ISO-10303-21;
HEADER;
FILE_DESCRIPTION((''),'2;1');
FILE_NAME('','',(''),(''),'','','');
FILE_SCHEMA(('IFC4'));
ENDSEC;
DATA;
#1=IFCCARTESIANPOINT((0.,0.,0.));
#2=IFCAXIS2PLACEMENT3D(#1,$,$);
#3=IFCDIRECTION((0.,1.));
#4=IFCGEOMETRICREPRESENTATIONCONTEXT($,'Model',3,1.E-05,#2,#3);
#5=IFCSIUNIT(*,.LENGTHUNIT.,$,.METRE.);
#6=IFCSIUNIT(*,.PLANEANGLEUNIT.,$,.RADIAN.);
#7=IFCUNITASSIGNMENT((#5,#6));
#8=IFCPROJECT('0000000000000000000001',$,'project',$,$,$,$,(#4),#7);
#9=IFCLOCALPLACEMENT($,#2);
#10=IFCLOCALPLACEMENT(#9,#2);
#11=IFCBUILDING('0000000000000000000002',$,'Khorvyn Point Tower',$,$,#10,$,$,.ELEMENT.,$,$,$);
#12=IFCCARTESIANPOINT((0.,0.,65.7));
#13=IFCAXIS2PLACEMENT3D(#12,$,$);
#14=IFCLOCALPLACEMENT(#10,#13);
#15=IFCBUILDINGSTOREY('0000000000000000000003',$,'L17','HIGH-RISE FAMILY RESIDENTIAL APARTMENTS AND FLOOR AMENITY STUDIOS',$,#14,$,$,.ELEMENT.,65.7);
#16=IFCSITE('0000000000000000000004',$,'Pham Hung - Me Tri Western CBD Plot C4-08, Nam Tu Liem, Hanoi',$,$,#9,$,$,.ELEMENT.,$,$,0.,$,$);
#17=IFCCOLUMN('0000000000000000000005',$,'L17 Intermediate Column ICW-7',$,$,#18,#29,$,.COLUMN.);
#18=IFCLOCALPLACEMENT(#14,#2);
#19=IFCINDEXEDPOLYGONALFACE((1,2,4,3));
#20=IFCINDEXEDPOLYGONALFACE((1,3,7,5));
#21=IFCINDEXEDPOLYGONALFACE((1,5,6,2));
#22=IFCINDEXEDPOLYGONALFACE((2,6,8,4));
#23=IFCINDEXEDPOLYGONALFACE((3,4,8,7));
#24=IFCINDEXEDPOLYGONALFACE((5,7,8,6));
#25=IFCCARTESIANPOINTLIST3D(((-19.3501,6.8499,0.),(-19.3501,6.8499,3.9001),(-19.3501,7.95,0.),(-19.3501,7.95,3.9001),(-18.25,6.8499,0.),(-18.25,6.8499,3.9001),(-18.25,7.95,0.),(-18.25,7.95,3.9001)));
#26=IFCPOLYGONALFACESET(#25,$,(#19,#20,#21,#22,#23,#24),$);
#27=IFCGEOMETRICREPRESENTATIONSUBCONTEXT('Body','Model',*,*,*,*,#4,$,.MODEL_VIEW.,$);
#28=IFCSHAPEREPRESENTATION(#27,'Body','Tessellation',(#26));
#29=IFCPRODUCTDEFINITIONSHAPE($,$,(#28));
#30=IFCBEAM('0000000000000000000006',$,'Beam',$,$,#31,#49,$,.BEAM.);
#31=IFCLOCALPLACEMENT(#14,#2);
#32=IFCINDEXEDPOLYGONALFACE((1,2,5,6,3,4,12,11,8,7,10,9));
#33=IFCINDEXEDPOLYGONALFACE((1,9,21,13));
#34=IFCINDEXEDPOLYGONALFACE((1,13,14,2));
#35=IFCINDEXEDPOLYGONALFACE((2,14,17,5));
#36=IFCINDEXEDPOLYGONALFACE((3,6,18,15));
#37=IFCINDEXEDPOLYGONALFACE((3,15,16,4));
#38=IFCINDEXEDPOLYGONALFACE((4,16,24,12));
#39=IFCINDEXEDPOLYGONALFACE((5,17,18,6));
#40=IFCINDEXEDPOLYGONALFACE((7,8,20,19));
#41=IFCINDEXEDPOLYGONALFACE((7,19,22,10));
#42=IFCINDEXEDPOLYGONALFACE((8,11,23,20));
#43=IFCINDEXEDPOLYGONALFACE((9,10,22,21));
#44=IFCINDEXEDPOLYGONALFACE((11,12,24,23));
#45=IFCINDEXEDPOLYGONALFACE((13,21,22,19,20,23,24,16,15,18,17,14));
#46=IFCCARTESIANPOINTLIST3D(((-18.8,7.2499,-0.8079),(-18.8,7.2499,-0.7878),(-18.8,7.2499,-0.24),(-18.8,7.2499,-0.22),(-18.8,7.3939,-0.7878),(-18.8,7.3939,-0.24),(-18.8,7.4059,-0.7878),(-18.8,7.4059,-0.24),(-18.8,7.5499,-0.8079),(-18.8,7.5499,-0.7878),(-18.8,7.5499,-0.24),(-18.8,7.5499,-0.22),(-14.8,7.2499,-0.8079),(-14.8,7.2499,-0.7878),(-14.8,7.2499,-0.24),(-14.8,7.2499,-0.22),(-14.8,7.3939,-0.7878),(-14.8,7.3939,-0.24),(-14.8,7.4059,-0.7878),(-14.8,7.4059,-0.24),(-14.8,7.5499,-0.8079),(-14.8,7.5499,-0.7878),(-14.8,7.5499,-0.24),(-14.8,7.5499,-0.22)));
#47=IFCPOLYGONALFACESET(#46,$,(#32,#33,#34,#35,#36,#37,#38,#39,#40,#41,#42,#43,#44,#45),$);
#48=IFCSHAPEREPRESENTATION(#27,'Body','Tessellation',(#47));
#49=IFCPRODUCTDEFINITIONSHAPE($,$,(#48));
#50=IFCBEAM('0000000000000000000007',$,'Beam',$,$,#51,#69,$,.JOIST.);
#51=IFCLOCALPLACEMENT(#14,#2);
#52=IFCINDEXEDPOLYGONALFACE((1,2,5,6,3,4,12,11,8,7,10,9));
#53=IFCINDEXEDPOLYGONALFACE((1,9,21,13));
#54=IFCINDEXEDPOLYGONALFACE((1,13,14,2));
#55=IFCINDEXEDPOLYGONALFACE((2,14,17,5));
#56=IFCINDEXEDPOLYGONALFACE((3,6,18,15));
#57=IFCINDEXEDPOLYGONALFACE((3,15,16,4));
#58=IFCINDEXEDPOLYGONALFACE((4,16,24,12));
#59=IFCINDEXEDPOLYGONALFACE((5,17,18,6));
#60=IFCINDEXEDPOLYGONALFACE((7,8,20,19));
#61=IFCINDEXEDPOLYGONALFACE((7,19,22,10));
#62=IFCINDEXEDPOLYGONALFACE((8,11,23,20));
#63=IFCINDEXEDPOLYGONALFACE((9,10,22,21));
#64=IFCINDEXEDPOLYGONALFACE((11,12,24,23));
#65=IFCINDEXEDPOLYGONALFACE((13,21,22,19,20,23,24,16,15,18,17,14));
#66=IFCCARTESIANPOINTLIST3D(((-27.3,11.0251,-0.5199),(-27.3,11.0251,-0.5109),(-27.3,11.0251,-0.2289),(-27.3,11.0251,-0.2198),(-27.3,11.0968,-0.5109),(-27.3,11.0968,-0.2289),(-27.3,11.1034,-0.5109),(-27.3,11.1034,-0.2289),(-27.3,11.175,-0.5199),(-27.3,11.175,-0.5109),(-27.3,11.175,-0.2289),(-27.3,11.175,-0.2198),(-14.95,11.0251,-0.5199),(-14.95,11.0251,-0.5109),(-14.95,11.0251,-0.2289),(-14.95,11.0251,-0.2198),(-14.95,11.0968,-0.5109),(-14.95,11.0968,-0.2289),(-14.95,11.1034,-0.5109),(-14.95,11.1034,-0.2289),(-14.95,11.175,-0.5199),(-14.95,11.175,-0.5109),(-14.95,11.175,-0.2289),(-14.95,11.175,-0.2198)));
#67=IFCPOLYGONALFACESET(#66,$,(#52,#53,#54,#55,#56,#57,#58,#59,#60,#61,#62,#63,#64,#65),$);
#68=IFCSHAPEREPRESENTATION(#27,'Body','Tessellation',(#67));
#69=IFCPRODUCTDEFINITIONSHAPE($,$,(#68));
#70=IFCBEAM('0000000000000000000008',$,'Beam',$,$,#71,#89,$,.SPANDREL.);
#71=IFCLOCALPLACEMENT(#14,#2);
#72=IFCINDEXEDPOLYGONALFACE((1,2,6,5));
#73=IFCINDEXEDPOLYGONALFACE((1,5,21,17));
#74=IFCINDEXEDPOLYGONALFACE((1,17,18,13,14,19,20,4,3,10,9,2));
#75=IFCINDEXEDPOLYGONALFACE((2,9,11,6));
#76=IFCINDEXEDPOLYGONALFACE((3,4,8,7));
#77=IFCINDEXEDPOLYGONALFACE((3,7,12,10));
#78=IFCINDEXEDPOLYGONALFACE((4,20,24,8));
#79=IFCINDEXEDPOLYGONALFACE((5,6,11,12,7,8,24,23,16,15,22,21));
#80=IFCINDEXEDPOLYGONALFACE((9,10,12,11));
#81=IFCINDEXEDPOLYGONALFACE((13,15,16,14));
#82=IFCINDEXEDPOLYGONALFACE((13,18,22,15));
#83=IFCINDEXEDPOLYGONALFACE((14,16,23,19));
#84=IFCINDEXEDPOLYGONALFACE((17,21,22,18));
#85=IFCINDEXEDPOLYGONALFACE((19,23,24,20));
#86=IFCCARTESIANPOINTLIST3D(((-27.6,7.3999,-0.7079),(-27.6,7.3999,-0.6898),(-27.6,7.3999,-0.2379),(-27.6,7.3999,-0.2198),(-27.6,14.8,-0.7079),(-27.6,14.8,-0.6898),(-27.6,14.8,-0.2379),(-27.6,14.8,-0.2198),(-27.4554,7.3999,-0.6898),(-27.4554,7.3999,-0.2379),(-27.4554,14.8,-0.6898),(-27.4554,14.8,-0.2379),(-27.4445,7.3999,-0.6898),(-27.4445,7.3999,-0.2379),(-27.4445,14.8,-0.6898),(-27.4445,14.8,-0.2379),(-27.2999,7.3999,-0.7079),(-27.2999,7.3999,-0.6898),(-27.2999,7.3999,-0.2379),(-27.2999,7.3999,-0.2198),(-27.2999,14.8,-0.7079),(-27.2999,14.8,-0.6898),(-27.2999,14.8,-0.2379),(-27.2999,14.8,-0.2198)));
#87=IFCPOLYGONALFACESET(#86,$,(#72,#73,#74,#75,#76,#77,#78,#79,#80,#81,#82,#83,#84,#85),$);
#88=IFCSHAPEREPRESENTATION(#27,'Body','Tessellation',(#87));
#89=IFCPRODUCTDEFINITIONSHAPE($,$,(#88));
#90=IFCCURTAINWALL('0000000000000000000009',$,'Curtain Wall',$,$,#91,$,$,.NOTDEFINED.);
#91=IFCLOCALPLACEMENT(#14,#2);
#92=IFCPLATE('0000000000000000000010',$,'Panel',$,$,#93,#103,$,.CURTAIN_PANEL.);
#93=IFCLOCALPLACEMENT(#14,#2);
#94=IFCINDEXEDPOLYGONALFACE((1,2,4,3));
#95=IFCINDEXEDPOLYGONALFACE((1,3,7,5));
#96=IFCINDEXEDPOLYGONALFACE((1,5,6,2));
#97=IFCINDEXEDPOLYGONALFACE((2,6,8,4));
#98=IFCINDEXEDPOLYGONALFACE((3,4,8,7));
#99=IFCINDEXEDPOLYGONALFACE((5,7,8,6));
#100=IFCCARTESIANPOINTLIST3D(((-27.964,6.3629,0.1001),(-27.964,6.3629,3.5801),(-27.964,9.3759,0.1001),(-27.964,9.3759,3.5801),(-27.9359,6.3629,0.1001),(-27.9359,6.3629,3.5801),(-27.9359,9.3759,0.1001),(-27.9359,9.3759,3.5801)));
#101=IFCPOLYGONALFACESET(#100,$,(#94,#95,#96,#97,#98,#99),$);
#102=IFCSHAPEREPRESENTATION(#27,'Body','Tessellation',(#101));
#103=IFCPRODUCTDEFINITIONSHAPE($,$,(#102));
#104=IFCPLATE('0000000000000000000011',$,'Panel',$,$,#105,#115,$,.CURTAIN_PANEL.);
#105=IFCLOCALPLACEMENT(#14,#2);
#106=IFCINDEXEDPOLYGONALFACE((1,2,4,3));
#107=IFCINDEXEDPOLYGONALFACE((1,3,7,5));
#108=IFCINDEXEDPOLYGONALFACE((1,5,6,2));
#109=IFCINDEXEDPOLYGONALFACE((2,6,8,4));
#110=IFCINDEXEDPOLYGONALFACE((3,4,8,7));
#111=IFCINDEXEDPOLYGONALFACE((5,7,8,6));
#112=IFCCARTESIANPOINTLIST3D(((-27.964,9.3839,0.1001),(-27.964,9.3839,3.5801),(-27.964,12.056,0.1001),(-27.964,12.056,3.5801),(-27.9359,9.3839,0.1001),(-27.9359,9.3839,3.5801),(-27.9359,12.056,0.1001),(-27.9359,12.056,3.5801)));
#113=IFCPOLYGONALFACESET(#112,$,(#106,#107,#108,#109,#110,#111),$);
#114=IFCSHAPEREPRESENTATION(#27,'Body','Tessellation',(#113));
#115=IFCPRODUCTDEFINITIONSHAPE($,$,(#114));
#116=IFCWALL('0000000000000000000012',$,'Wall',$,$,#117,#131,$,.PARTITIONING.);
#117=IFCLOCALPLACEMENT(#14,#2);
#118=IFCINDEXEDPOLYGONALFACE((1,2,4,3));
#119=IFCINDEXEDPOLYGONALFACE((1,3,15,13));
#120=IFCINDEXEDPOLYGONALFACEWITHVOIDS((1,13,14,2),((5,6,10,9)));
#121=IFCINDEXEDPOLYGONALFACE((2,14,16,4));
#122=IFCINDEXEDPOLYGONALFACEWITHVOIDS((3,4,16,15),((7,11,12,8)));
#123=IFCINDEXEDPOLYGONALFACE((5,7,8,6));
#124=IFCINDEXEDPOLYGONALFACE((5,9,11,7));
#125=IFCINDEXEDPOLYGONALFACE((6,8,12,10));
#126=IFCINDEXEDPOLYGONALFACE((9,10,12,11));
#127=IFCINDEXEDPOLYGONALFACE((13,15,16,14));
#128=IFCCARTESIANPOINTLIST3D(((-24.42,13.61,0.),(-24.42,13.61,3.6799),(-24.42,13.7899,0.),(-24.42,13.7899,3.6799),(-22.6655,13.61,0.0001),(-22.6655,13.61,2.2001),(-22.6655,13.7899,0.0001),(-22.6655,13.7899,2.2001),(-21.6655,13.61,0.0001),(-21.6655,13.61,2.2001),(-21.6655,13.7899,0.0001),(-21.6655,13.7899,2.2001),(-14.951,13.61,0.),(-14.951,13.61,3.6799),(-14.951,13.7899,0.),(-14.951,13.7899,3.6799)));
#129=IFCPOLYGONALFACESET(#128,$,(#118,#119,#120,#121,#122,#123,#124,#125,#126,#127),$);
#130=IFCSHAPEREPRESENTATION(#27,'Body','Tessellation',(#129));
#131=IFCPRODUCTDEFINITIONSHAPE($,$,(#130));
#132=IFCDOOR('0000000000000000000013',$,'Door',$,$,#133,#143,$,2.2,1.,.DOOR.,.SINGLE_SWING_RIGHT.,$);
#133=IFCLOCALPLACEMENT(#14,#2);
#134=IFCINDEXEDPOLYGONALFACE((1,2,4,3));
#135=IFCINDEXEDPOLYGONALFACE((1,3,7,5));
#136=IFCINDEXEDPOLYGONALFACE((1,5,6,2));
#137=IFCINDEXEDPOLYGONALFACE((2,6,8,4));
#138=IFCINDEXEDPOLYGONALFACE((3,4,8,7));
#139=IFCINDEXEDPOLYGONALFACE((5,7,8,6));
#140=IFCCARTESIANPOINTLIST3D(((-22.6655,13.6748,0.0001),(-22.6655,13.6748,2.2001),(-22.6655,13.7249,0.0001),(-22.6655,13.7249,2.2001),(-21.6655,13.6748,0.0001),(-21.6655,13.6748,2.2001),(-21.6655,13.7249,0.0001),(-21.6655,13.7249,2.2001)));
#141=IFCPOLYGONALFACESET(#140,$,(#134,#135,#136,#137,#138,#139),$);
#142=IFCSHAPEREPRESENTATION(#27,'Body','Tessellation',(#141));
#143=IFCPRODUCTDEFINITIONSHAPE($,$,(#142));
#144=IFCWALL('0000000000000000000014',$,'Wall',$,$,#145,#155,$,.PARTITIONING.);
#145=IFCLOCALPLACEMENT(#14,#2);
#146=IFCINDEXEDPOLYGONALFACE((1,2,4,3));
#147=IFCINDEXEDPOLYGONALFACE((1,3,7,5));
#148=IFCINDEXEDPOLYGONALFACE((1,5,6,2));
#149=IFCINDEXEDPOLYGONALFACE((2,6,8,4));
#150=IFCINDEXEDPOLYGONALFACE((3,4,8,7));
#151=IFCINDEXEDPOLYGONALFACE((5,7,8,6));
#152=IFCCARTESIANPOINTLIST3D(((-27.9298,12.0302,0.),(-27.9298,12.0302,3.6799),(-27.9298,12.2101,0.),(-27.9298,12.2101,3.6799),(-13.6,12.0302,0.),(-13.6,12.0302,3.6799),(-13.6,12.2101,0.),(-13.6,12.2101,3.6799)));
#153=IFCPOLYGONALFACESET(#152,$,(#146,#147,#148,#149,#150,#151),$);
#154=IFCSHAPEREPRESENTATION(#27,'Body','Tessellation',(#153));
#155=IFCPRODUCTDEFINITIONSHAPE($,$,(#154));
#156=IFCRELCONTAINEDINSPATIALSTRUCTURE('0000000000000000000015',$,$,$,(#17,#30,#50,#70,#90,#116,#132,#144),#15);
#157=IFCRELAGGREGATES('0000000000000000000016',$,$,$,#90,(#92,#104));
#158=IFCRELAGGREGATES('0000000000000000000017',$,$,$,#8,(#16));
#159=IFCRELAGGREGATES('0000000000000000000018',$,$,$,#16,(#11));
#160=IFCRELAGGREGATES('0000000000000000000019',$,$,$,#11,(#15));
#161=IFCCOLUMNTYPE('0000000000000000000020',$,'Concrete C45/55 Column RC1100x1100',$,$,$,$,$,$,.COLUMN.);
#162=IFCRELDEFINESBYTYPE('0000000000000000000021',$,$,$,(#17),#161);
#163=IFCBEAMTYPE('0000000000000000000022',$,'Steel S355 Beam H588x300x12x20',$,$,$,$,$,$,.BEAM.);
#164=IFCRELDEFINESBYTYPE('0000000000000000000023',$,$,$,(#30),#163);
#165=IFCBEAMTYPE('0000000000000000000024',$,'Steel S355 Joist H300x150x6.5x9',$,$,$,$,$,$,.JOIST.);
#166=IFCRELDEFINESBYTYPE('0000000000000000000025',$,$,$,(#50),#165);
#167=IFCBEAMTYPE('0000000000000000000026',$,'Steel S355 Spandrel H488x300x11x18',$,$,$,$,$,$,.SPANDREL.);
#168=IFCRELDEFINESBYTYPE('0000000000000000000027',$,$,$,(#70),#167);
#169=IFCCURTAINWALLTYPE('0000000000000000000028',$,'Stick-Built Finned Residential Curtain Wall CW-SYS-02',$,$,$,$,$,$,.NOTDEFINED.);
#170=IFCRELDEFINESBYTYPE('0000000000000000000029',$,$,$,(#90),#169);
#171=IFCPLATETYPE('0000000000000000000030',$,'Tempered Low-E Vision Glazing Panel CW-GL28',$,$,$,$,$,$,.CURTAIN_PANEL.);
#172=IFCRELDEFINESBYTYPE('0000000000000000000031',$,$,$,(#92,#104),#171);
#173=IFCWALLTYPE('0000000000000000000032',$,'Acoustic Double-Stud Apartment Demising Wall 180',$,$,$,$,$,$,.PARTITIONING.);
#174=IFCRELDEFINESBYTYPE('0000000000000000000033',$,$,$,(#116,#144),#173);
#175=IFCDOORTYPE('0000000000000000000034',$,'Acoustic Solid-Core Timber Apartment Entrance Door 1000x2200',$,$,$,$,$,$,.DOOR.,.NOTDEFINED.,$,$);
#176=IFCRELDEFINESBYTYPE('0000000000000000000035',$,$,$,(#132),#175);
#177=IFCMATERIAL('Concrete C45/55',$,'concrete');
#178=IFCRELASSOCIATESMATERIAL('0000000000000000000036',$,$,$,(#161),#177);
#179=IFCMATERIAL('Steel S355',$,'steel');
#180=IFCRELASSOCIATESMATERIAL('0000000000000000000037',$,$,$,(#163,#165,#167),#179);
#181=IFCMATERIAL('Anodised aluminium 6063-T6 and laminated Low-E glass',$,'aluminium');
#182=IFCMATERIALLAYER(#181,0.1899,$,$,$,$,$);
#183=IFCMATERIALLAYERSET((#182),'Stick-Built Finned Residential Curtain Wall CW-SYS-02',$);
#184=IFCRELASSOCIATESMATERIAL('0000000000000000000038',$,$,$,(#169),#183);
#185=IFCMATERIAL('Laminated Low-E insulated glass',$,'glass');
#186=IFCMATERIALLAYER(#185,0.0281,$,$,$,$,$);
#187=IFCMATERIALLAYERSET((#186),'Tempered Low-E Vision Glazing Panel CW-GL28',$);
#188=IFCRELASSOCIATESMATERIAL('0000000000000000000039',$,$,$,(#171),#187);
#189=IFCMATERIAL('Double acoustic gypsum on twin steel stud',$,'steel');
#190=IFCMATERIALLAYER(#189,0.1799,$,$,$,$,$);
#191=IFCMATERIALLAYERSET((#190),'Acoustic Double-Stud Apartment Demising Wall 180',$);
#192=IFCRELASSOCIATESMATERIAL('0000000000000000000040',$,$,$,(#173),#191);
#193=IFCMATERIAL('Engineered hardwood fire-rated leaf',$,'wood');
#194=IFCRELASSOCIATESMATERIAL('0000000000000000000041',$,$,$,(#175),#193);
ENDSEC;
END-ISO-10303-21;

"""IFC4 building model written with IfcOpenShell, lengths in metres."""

from ifc_helpers import new_model, si_unit, direction, frame, frame_2d, origin, origin_2d, place, context, subcontext, project, spatial, rectangle, i_section, extrude, material, layer, layer_set, material_profile, profile_set, type_object, element, fill, aggregate, save


model = new_model("IFC4")

# Units and contexts
model_context = context("Model", 3, precision=1e-05, world=origin(), true_north=direction((0.0, 1.0)))
body_context = subcontext(model_context, "Body", "Model", "MODEL_VIEW")
ifc_project = project(units=[si_unit("LENGTHUNIT", "METRE"), si_unit("PLANEANGLEUNIT", "RADIAN")], contexts=[model_context])

# Site, building, storey
site_placement = place(None, origin())
site = spatial("IfcSite", under=ifc_project, at=site_placement, Name="Pham Hung - Me Tri Western CBD Plot C4-08, Nam Tu Liem, Hanoi", CompositionType="ELEMENT", RefElevation=0.0)
building_placement = place(site_placement, origin())
building = spatial("IfcBuilding", under=site, at=building_placement, Name="Khorvyn Point Tower", CompositionType="ELEMENT")
storey_placement = place(building_placement, frame((0.0, 0.0, 65.7)))
storey = spatial("IfcBuildingStorey", under=building, at=storey_placement, Name="L17", Description="HIGH-RISE FAMILY RESIDENTIAL APARTMENTS AND FLOOR AMENITY STUDIOS", CompositionType="ELEMENT", Elevation=65.7)

# Column
ifc_material_1 = material(Name="Concrete C45/55", Category="concrete")
ifc_material_profile_1 = material_profile(ifc_material_1, rectangle(XDim=1.1001, YDim=1.1001, at=origin_2d()))
ifc_profile_set_1 = profile_set([ifc_material_profile_1], Name="Concrete C45/55 RC1100x1100")
column_type = type_object("IfcColumnType", Name="Concrete C45/55 Column RC1100x1100", PredefinedType="COLUMN", material=ifc_profile_set_1)
column_placement = place(storey_placement, frame((-18.8, 7.3999, 0.0), z_axis=(0.0, 0.0, 1.0), x_axis=(1.0, 0.0, 0.0)))
element("IfcColumn", 1, at=column_placement, inside=storey, type_object=column_type, Name="L17 Intermediate Column ICW-7", PredefinedType="COLUMN", context=body_context, shape_type="SweptSolid", body=[
    extrude(rectangle(XDim=1.1001, YDim=1.1001, at=origin_2d()), origin(), (0.0, 0.0, 1.0), 3.9001),
])

# Beams
ifc_material_2 = material(Name="Steel S355", Category="steel")
ifc_material_profile_2 = material_profile(ifc_material_2, i_section(OverallWidth=0.3, OverallDepth=0.5879, WebThickness=0.012, FlangeThickness=0.02, at=origin_2d()))
ifc_profile_set_2 = profile_set([ifc_material_profile_2], Name="Steel S355 H588x300x12x20")
beam_type_1 = type_object("IfcBeamType", Name="Steel S355 Beam H588x300x12x20", PredefinedType="BEAM", material=ifc_profile_set_2)
beam_1_placement = place(storey_placement, frame((-18.8, 7.3999, -0.5139), z_axis=(1.0, 0.0, 0.0), x_axis=(0.0, 1.0, 0.0)))
element("IfcBeam", 2, at=beam_1_placement, inside=storey, type_object=beam_type_1, Name="Beam", PredefinedType="BEAM", context=body_context, shape_type="SweptSolid", body=[
    extrude(i_section(OverallWidth=0.3, OverallDepth=0.5879, WebThickness=0.012, FlangeThickness=0.02, at=origin_2d()), origin(), (0.0, 0.0, 1.0), 4.0),
])
ifc_material_profile_3 = material_profile(ifc_material_2, i_section(OverallWidth=0.1499, OverallDepth=0.3, WebThickness=0.0066, FlangeThickness=0.009, at=origin_2d()))
ifc_profile_set_3 = profile_set([ifc_material_profile_3], Name="Steel S355 H300x150x6.5x9")
beam_type_2 = type_object("IfcBeamType", Name="Steel S355 Joist H300x150x6.5x9", PredefinedType="JOIST", material=ifc_profile_set_3)
beam_2_placement = place(storey_placement, frame((-27.3, 11.1001, -0.3699), z_axis=(1.0, 0.0, 0.0), x_axis=(0.0, 1.0, 0.0)))
element("IfcBeam", 3, at=beam_2_placement, inside=storey, type_object=beam_type_2, Name="Beam", PredefinedType="JOIST", context=body_context, shape_type="SweptSolid", body=[
    extrude(i_section(OverallWidth=0.1499, OverallDepth=0.3, WebThickness=0.0066, FlangeThickness=0.009, at=origin_2d()), origin(), (0.0, 0.0, 1.0), 12.3501),
])
ifc_material_profile_4 = material_profile(ifc_material_2, i_section(OverallWidth=0.3, OverallDepth=0.488, WebThickness=0.011, FlangeThickness=0.0181, at=origin_2d()))
ifc_profile_set_4 = profile_set([ifc_material_profile_4], Name="Steel S355 H488x300x11x18")
beam_type_3 = type_object("IfcBeamType", Name="Steel S355 Spandrel H488x300x11x18", PredefinedType="SPANDREL", material=ifc_profile_set_4)
beam_3_placement = place(storey_placement, frame((-27.45, 7.3999, -0.4639), z_axis=(0.0, 1.0, 0.0), x_axis=(-1.0, 0.0, 0.0)))
element("IfcBeam", 4, at=beam_3_placement, inside=storey, type_object=beam_type_3, Name="Beam", PredefinedType="SPANDREL", context=body_context, shape_type="SweptSolid", body=[
    extrude(i_section(OverallWidth=0.3, OverallDepth=0.488, WebThickness=0.011, FlangeThickness=0.0181, at=origin_2d()), origin(), (0.0, 0.0, 1.0), 7.4001),
])

# Curtain wall, plates
ifc_material_3 = material(Name="Anodised aluminium 6063-T6 and laminated Low-E glass", Category="aluminium")
ifc_layer_1 = layer(ifc_material_3, 0.1899)
ifc_layer_set_1 = layer_set([ifc_layer_1], Name="Stick-Built Finned Residential Curtain Wall CW-SYS-02")
curtain_wall_type = type_object("IfcCurtainWallType", Name="Stick-Built Finned Residential Curtain Wall CW-SYS-02", PredefinedType="NOTDEFINED", material=ifc_layer_set_1)
curtain_wall_placement = place(storey_placement, origin())
curtain_wall = element("IfcCurtainWall", 5, at=curtain_wall_placement, inside=storey, type_object=curtain_wall_type, Name="Curtain Wall", PredefinedType="NOTDEFINED")
ifc_material_4 = material(Name="Laminated Low-E insulated glass", Category="glass")
ifc_layer_2 = layer(ifc_material_4, 0.0281)
ifc_layer_set_2 = layer_set([ifc_layer_2], Name="Tempered Low-E Vision Glazing Panel CW-GL28")
plate_type = type_object("IfcPlateType", Name="Tempered Low-E Vision Glazing Panel CW-GL28", PredefinedType="CURTAIN_PANEL", material=ifc_layer_set_2)
plate_1_placement = place(storey_placement, frame((-27.95, 7.8694, 0.1001), z_axis=(0.0, 0.0, 1.0), x_axis=(0.0, 1.0, 0.0)))
plate_1 = element("IfcPlate", 6, at=plate_1_placement, type_object=plate_type, Name="Panel", PredefinedType="CURTAIN_PANEL", context=body_context, shape_type="SweptSolid", body=[
    extrude(rectangle(XDim=3.0129, YDim=0.0281, at=origin_2d()), origin(), (0.0, 0.0, 1.0), 3.48),
])
plate_2_placement = place(storey_placement, frame((-27.95, 10.72, 0.1001), z_axis=(0.0, 0.0, 1.0), x_axis=(0.0, 1.0, 0.0)))
plate_2 = element("IfcPlate", 7, at=plate_2_placement, type_object=plate_type, Name="Panel", PredefinedType="CURTAIN_PANEL", context=body_context, shape_type="SweptSolid", body=[
    extrude(rectangle(XDim=2.6721, YDim=0.0281, at=origin_2d()), origin(), (0.0, 0.0, 1.0), 3.48),
])
aggregate(curtain_wall, [plate_1, plate_2])

# Wall, opening, door
ifc_material_5 = material(Name="Double acoustic gypsum on twin steel stud", Category="steel")
ifc_layer_3 = layer(ifc_material_5, 0.1799)
ifc_layer_set_3 = layer_set([ifc_layer_3], Name="Acoustic Double-Stud Apartment Demising Wall 180")
wall_type_1 = type_object("IfcWallType", Name="Acoustic Double-Stud Apartment Demising Wall 180", PredefinedType="PARTITIONING", material=ifc_layer_set_3)
wall_1_placement = place(storey_placement, frame((-24.4199, 13.7, 0.0), z_axis=(0.0, 0.0, 1.0), x_axis=(1.0, 0.0, 0.0)))
wall_1 = element("IfcWall", 8, at=wall_1_placement, inside=storey, type_object=wall_type_1, Name="Wall", PredefinedType="PARTITIONING", context=body_context, shape_type="SweptSolid", body=[
    extrude(rectangle(XDim=9.469, YDim=0.1799, at=frame_2d((4.7344, 0.0))), origin(), (0.0, 0.0, 1.0), 3.6799),
])
opening_1_placement = place(wall_1_placement, frame((1.7544, 0.0, 0.0)))
opening_1 = element("IfcOpeningElement", 9, at=opening_1_placement, cuts=wall_1, PredefinedType="OPENING", context=body_context, shape_type="SweptSolid", body=[
    extrude(rectangle(XDim=1.0, YDim=2.2, at=frame_2d((0.5, 1.1001))), frame((0.0, 0.0999, 0.0), z_axis=(0.0, -1.0, 0.0), x_axis=(1.0, 0.0, 0.0)), (0.0, 0.0, 1.0), 0.2),
])
ifc_material_6 = material(Name="Engineered hardwood fire-rated leaf", Category="wood")
door_type_1 = type_object("IfcDoorType", Name="Acoustic Solid-Core Timber Apartment Entrance Door 1000x2200", OperationType="NOTDEFINED", PredefinedType="DOOR", material=ifc_material_6)
door_1_placement = place(opening_1_placement, origin())
door_1 = element("IfcDoor", 10, at=door_1_placement, inside=storey, type_object=door_type_1, Name="Door", OperationType="SINGLE_SWING_RIGHT", OverallHeight=2.2, OverallWidth=1.0, PredefinedType="DOOR", context=body_context, shape_type="SweptSolid", body=[
    extrude(rectangle(XDim=1.0, YDim=2.2, at=frame_2d((0.5, 1.1001))), frame((0.0, 0.0249, 0.0), z_axis=(0.0, -1.0, 0.0), x_axis=(1.0, 0.0, 0.0)), (0.0, 0.0, 1.0), 0.05),
])
fill(opening_1, door_1)

# Wall
wall_2_placement = place(storey_placement, frame((-27.9299, 12.1201, 0.0), z_axis=(0.0, 0.0, 1.0), x_axis=(1.0, 0.0, 0.0)))
element("IfcWall", 11, at=wall_2_placement, inside=storey, type_object=wall_type_1, Name="Wall", PredefinedType="PARTITIONING", context=body_context, shape_type="SweptSolid", body=[
    extrude(rectangle(XDim=14.3298, YDim=0.1799, at=frame_2d((7.165, 0.0))), origin(), (0.0, 0.0, 1.0), 3.6799),
])

save(model, "model.ifc")
